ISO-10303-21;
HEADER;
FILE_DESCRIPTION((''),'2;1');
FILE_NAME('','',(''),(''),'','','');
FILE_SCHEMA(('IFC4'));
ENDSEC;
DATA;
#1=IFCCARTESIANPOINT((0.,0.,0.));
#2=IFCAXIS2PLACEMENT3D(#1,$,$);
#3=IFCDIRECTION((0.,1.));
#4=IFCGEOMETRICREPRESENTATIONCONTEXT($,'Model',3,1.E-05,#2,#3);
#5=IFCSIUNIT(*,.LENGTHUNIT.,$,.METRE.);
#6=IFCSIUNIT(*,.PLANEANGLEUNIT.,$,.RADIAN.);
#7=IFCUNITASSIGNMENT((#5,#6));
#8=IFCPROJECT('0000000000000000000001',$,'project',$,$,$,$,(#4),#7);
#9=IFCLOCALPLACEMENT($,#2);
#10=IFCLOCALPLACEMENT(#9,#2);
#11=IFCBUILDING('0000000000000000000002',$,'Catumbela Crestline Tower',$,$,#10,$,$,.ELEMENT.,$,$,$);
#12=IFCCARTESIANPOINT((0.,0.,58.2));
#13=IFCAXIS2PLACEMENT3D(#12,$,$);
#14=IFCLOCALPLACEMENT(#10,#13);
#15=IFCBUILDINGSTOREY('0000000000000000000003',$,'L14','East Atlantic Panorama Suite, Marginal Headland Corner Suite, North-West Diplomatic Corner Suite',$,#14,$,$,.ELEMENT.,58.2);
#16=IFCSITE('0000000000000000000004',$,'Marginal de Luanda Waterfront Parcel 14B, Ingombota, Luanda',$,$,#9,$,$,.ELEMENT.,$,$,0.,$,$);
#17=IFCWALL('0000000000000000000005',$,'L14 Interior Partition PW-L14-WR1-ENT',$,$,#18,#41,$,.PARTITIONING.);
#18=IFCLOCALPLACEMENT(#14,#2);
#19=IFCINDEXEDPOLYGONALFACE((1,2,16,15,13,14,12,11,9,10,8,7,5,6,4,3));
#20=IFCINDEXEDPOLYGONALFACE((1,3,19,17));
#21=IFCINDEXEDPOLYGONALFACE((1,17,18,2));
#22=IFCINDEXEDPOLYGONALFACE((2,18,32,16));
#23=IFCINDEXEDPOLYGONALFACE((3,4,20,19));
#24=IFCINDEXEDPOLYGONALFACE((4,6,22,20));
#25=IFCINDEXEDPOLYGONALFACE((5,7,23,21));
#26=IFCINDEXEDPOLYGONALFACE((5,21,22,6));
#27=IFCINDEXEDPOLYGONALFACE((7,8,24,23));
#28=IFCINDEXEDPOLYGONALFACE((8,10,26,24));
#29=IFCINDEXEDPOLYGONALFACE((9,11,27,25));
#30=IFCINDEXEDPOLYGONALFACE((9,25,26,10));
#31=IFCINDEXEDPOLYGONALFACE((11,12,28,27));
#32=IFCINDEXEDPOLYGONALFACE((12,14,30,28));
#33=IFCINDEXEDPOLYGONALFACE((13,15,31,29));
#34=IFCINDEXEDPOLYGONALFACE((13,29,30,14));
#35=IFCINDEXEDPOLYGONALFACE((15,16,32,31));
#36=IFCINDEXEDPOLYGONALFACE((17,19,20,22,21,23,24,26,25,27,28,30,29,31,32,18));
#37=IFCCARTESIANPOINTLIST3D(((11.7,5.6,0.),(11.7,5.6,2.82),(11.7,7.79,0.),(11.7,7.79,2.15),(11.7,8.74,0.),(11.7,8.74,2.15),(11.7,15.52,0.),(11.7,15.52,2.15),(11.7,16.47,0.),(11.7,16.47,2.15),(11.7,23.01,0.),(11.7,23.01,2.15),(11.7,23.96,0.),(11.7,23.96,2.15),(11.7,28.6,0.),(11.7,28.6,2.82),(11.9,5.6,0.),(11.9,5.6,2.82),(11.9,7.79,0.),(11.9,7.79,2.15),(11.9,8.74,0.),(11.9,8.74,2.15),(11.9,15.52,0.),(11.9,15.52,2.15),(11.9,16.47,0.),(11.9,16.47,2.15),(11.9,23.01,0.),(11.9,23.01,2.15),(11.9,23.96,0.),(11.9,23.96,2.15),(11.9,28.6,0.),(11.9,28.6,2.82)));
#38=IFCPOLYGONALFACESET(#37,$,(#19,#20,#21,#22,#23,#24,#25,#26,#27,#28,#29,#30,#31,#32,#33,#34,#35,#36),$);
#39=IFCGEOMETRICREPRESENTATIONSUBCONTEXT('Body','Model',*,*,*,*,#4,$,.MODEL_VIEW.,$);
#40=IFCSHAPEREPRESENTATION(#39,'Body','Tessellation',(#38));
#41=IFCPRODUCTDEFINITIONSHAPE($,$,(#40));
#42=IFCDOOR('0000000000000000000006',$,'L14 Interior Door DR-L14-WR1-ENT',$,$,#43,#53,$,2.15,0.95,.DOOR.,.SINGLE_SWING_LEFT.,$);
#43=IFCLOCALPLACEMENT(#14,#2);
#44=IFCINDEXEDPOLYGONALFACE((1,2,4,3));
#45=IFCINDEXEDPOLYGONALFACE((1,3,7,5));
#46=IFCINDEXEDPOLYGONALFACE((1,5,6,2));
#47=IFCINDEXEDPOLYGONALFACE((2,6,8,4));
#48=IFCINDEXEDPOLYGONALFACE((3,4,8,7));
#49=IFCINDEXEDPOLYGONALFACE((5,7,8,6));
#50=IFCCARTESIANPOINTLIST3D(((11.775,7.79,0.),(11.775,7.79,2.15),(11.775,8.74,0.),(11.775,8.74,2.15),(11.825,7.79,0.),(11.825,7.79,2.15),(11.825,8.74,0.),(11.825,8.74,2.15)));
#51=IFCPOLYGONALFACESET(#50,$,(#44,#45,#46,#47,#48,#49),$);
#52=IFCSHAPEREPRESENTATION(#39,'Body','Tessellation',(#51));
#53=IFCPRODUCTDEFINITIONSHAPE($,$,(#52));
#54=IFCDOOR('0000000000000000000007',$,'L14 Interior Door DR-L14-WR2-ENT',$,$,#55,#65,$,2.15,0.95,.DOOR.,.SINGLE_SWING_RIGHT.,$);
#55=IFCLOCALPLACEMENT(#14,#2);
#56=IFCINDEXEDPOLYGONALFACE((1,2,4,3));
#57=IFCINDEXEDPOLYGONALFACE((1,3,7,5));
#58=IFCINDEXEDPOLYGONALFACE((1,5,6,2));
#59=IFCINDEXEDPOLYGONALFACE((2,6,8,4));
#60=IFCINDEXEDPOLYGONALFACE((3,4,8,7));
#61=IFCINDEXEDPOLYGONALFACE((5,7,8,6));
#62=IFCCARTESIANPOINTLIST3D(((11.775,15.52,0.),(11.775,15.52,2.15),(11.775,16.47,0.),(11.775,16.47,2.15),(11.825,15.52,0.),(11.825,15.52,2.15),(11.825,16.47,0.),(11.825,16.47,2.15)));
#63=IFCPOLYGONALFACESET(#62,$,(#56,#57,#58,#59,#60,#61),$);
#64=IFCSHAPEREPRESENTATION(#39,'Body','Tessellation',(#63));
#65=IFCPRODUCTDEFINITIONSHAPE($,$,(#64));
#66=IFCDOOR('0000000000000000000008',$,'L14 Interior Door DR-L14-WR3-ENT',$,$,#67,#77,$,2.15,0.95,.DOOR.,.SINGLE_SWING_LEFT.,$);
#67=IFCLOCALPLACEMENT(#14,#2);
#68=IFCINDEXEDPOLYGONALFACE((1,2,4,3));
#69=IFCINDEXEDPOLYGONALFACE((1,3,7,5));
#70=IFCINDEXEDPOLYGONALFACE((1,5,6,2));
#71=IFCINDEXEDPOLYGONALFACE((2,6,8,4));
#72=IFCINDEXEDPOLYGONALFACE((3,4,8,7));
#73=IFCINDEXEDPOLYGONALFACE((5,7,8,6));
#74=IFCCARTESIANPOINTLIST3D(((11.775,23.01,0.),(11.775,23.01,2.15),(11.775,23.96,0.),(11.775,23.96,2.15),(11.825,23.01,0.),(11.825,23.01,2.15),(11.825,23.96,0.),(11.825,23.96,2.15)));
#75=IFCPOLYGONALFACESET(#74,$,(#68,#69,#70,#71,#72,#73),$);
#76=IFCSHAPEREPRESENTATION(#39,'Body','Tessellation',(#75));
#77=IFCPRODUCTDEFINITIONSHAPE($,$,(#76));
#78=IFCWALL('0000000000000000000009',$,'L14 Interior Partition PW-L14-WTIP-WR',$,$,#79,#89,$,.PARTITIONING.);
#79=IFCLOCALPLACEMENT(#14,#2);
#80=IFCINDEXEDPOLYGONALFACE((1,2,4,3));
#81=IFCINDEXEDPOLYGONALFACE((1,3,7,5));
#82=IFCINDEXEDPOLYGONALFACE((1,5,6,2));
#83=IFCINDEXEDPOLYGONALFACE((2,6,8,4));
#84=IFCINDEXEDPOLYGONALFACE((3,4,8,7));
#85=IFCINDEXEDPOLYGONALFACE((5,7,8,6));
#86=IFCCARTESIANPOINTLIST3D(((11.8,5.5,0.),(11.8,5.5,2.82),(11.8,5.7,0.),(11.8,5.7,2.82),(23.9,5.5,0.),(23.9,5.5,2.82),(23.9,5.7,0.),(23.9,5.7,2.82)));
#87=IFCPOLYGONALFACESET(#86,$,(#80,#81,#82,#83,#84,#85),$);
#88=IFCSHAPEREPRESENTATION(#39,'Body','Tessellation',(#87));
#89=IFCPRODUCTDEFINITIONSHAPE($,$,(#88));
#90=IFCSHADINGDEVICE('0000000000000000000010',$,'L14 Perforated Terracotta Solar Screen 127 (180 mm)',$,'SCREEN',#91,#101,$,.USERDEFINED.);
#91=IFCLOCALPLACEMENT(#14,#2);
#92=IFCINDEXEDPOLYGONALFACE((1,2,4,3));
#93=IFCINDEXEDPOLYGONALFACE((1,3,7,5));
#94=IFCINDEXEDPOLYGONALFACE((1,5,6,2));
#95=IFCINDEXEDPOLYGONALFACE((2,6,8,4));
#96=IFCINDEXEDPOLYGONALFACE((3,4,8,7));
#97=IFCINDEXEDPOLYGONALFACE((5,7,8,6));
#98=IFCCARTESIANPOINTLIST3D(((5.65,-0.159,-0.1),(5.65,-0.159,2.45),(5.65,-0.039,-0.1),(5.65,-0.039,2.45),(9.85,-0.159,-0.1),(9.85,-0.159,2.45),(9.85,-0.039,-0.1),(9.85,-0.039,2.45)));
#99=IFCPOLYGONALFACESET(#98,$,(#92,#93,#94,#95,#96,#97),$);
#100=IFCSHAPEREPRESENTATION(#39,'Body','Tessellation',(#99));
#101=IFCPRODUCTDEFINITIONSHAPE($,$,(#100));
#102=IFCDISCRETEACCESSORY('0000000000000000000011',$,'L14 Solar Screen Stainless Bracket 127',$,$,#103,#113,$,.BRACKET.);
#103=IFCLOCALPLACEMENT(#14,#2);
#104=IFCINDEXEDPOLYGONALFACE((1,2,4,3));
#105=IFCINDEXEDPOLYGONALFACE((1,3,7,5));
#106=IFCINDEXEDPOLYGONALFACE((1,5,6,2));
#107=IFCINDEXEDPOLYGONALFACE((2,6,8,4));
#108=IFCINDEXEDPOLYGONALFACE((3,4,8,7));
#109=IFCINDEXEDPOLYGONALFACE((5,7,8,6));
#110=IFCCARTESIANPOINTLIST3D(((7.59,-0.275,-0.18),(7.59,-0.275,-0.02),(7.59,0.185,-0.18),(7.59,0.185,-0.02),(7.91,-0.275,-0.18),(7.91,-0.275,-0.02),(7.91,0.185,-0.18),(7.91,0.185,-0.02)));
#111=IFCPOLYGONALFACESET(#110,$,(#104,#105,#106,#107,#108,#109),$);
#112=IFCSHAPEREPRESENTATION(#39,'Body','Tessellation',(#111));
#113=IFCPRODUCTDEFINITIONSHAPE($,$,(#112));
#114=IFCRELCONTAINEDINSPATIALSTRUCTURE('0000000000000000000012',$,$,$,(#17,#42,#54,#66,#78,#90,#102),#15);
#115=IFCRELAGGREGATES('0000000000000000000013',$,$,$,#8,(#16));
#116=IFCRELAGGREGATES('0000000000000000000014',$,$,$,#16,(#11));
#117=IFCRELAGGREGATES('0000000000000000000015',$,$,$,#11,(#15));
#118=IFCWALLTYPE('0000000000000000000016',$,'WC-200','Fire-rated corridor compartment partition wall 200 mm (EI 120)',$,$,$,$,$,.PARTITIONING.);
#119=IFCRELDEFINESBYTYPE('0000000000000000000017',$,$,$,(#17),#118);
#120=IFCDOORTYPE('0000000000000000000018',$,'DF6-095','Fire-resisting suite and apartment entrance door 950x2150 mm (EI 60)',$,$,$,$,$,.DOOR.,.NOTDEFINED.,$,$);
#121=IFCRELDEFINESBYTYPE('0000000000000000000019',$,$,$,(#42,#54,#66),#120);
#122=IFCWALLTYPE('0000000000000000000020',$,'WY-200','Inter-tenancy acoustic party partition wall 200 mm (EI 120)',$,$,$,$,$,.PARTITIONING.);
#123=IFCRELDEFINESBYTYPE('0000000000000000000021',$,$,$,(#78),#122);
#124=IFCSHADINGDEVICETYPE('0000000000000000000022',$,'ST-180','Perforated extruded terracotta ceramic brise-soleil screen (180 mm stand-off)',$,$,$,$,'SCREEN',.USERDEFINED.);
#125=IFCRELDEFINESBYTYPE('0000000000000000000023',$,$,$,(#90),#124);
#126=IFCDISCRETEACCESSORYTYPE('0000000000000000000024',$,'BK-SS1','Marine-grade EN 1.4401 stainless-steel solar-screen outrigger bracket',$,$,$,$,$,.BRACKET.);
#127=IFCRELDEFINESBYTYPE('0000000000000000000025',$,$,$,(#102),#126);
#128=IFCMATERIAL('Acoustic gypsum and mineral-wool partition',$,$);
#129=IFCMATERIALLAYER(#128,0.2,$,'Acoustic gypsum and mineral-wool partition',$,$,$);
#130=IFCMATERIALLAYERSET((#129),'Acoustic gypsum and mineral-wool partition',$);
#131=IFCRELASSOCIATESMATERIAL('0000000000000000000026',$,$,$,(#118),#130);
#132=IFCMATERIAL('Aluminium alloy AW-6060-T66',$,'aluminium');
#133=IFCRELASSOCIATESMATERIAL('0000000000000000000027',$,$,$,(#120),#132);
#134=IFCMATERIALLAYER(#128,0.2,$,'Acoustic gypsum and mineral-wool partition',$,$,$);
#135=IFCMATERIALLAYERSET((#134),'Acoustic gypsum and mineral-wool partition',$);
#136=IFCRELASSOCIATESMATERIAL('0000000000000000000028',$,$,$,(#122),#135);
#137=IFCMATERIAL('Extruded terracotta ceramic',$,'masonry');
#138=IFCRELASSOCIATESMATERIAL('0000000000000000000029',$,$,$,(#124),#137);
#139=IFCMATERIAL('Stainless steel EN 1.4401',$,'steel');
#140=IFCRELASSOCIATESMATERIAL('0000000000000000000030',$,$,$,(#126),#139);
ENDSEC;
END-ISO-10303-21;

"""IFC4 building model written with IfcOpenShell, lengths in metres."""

from ifc_helpers import new_model, si_unit, direction, frame, frame_2d, origin, origin_2d, place, context, subcontext, project, spatial, rectangle, extrude, material, layer, layer_set, type_object, element, fill, save


model = new_model("IFC4")

# Units and contexts
model_context = context("Model", 3, precision=1e-05, world=origin(), true_north=direction((0.0, 1.0)))
body_context = subcontext(model_context, "Body", "Model", "MODEL_VIEW")
ifc_project = project(units=[si_unit("LENGTHUNIT", "METRE"), si_unit("PLANEANGLEUNIT", "RADIAN")], contexts=[model_context])

# Site, building, storey
site_placement = place(None, origin())
site = spatial("IfcSite", under=ifc_project, at=site_placement, Name="Marginal de Luanda Waterfront Parcel 14B, Ingombota, Luanda", CompositionType="ELEMENT", RefElevation=0.0)
building_placement = place(site_placement, origin())
building = spatial("IfcBuilding", under=site, at=building_placement, Name="Catumbela Crestline Tower", CompositionType="ELEMENT")
storey_placement = place(building_placement, frame((0.0, 0.0, 58.2)))
storey = spatial("IfcBuildingStorey", under=building, at=storey_placement, Name="L14", Description="East Atlantic Panorama Suite, Marginal Headland Corner Suite, North-West Diplomatic Corner Suite", CompositionType="ELEMENT", Elevation=58.2)

# Shared definitions
ifc_material_1 = material(Name="Aluminium alloy AW-6060-T66", Category="aluminium")

# Shared definitions
ifc_material_2 = material(Name="Acoustic gypsum and mineral-wool partition")
ifc_layer_1 = layer(ifc_material_2, 0.2, Name="Acoustic gypsum and mineral-wool partition")
ifc_layer_set_1 = layer_set([ifc_layer_1], Name="Acoustic gypsum and mineral-wool partition")
wall_type_1 = type_object("IfcWallType", Name="WC-200", Description="Fire-rated corridor compartment partition wall 200 mm (EI 120)", PredefinedType="PARTITIONING", material=ifc_layer_set_1)
door_type = type_object("IfcDoorType", Name="DF6-095", Description="Fire-resisting suite and apartment entrance door 950x2150 mm (EI 60)", OperationType="NOTDEFINED", PredefinedType="DOOR", material=ifc_material_1)

# Wall, openings, doors
wall_1_placement = place(storey_placement, frame((11.8, 5.6, 0.0), z_axis=(0.0, 0.0, 1.0), x_axis=(0.0, 1.0, 0.0)))
wall_1 = element("IfcWall", 1, at=wall_1_placement, inside=storey, type_object=wall_type_1, Name="L14 Interior Partition PW-L14-WR1-ENT", PredefinedType="PARTITIONING", context=body_context, shape_type="SweptSolid", body=[
    extrude(rectangle(XDim=23.0, YDim=0.2, at=frame_2d((11.5, 0.0))), origin(), (0.0, 0.0, 1.0), 2.82),
])
opening_1_placement = place(wall_1_placement, frame((2.19, 0.0, 0.0)))
opening_1 = element("IfcOpeningElement", 2, at=opening_1_placement, cuts=wall_1, PredefinedType="OPENING", context=body_context, shape_type="SweptSolid", body=[
    extrude(rectangle(XDim=0.95, YDim=2.15, at=frame_2d((0.475, 1.075))), frame((0.0, 0.11, 0.0), z_axis=(0.0, -1.0, 0.0), x_axis=(1.0, 0.0, 0.0)), (0.0, 0.0, 1.0), 0.22),
])
opening_2_placement = place(wall_1_placement, frame((9.92, 0.0, 0.0)))
opening_2 = element("IfcOpeningElement", 3, at=opening_2_placement, cuts=wall_1, PredefinedType="OPENING", context=body_context, shape_type="SweptSolid", body=[
    extrude(rectangle(XDim=0.95, YDim=2.15, at=frame_2d((0.475, 1.075))), frame((0.0, 0.11, 0.0), z_axis=(0.0, -1.0, 0.0), x_axis=(1.0, 0.0, 0.0)), (0.0, 0.0, 1.0), 0.22),
])
opening_3_placement = place(wall_1_placement, frame((17.41, 0.0, 0.0)))
opening_3 = element("IfcOpeningElement", 4, at=opening_3_placement, cuts=wall_1, PredefinedType="OPENING", context=body_context, shape_type="SweptSolid", body=[
    extrude(rectangle(XDim=0.95, YDim=2.15, at=frame_2d((0.475, 1.075))), frame((0.0, 0.11, 0.0), z_axis=(0.0, -1.0, 0.0), x_axis=(1.0, 0.0, 0.0)), (0.0, 0.0, 1.0), 0.22),
])
door_1_placement = place(opening_1_placement, origin())
door_1 = element("IfcDoor", 5, at=door_1_placement, inside=storey, type_object=door_type, Name="L14 Interior Door DR-L14-WR1-ENT", OperationType="SINGLE_SWING_LEFT", OverallHeight=2.15, OverallWidth=0.95, PredefinedType="DOOR", context=body_context, shape_type="SweptSolid", body=[
    extrude(rectangle(XDim=0.95, YDim=2.15, at=frame_2d((0.475, 1.075))), frame((0.0, 0.025, 0.0), z_axis=(0.0, -1.0, 0.0), x_axis=(1.0, 0.0, 0.0)), (0.0, 0.0, 1.0), 0.05),
])
fill(opening_1, door_1)
door_2_placement = place(opening_2_placement, origin())
door_2 = element("IfcDoor", 6, at=door_2_placement, inside=storey, type_object=door_type, Name="L14 Interior Door DR-L14-WR2-ENT", OperationType="SINGLE_SWING_RIGHT", OverallHeight=2.15, OverallWidth=0.95, PredefinedType="DOOR", context=body_context, shape_type="SweptSolid", body=[
    extrude(rectangle(XDim=0.95, YDim=2.15, at=frame_2d((0.475, 1.075))), frame((0.0, 0.025, 0.0), z_axis=(0.0, -1.0, 0.0), x_axis=(1.0, 0.0, 0.0)), (0.0, 0.0, 1.0), 0.05),
])
fill(opening_2, door_2)
door_3_placement = place(opening_3_placement, origin())
door_3 = element("IfcDoor", 7, at=door_3_placement, inside=storey, type_object=door_type, Name="L14 Interior Door DR-L14-WR3-ENT", OperationType="SINGLE_SWING_LEFT", OverallHeight=2.15, OverallWidth=0.95, PredefinedType="DOOR", context=body_context, shape_type="SweptSolid", body=[
    extrude(rectangle(XDim=0.95, YDim=2.15, at=frame_2d((0.475, 1.075))), frame((0.0, 0.025, 0.0), z_axis=(0.0, -1.0, 0.0), x_axis=(1.0, 0.0, 0.0)), (0.0, 0.0, 1.0), 0.05),
])
fill(opening_3, door_3)

# Wall
ifc_layer_2 = layer(ifc_material_2, 0.2, Name="Acoustic gypsum and mineral-wool partition")
ifc_layer_set_2 = layer_set([ifc_layer_2], Name="Acoustic gypsum and mineral-wool partition")
wall_type_2 = type_object("IfcWallType", Name="WY-200", Description="Inter-tenancy acoustic party partition wall 200 mm (EI 120)", PredefinedType="PARTITIONING", material=ifc_layer_set_2)
wall_2_placement = place(storey_placement, frame((11.8, 5.6, 0.0), z_axis=(0.0, 0.0, 1.0), x_axis=(1.0, 0.0, 0.0)))
element("IfcWall", 8, at=wall_2_placement, inside=storey, type_object=wall_type_2, Name="L14 Interior Partition PW-L14-WTIP-WR", PredefinedType="PARTITIONING", context=body_context, shape_type="SweptSolid", body=[
    extrude(rectangle(XDim=12.1, YDim=0.2, at=frame_2d((6.05, 0.0))), origin(), (0.0, 0.0, 1.0), 2.82),
])

# Shading device
ifc_material_3 = material(Name="Extruded terracotta ceramic", Category="masonry")
shading_device_type = type_object("IfcShadingDeviceType", Name="ST-180", Description="Perforated extruded terracotta ceramic brise-soleil screen (180 mm stand-off)", ElementType="SCREEN", PredefinedType="USERDEFINED", material=ifc_material_3)
shading_device_placement = place(storey_placement, frame((7.75, -0.099, -0.1), z_axis=(0.0, 0.0, 1.0), x_axis=(1.0, 0.0, 0.0)))
element("IfcShadingDevice", 9, at=shading_device_placement, inside=storey, type_object=shading_device_type, Name="L14 Perforated Terracotta Solar Screen 127 (180 mm)", ObjectType="SCREEN", PredefinedType="USERDEFINED", context=body_context, shape_type="SweptSolid", body=[
    extrude(rectangle(XDim=4.2, YDim=0.12, at=origin_2d()), origin(), (0.0, 0.0, 1.0), 2.55),
])

# Discrete accessory
ifc_material_4 = material(Name="Stainless steel EN 1.4401", Category="steel")
discrete_accessory_type = type_object("IfcDiscreteAccessoryType", Name="BK-SS1", Description="Marine-grade EN 1.4401 stainless-steel solar-screen outrigger bracket", PredefinedType="BRACKET", material=ifc_material_4)
discrete_accessory_placement = place(storey_placement, frame((7.75, -0.045, -0.18), z_axis=(0.0, 0.0, 1.0), x_axis=(1.0, 0.0, 0.0)))
element("IfcDiscreteAccessory", 10, at=discrete_accessory_placement, inside=storey, type_object=discrete_accessory_type, Name="L14 Solar Screen Stainless Bracket 127", PredefinedType="BRACKET", context=body_context, shape_type="SweptSolid", body=[
    extrude(rectangle(XDim=0.32, YDim=0.46, at=origin_2d()), origin(), (0.0, 0.0, 1.0), 0.16),
])

save(model, "model.ifc")
